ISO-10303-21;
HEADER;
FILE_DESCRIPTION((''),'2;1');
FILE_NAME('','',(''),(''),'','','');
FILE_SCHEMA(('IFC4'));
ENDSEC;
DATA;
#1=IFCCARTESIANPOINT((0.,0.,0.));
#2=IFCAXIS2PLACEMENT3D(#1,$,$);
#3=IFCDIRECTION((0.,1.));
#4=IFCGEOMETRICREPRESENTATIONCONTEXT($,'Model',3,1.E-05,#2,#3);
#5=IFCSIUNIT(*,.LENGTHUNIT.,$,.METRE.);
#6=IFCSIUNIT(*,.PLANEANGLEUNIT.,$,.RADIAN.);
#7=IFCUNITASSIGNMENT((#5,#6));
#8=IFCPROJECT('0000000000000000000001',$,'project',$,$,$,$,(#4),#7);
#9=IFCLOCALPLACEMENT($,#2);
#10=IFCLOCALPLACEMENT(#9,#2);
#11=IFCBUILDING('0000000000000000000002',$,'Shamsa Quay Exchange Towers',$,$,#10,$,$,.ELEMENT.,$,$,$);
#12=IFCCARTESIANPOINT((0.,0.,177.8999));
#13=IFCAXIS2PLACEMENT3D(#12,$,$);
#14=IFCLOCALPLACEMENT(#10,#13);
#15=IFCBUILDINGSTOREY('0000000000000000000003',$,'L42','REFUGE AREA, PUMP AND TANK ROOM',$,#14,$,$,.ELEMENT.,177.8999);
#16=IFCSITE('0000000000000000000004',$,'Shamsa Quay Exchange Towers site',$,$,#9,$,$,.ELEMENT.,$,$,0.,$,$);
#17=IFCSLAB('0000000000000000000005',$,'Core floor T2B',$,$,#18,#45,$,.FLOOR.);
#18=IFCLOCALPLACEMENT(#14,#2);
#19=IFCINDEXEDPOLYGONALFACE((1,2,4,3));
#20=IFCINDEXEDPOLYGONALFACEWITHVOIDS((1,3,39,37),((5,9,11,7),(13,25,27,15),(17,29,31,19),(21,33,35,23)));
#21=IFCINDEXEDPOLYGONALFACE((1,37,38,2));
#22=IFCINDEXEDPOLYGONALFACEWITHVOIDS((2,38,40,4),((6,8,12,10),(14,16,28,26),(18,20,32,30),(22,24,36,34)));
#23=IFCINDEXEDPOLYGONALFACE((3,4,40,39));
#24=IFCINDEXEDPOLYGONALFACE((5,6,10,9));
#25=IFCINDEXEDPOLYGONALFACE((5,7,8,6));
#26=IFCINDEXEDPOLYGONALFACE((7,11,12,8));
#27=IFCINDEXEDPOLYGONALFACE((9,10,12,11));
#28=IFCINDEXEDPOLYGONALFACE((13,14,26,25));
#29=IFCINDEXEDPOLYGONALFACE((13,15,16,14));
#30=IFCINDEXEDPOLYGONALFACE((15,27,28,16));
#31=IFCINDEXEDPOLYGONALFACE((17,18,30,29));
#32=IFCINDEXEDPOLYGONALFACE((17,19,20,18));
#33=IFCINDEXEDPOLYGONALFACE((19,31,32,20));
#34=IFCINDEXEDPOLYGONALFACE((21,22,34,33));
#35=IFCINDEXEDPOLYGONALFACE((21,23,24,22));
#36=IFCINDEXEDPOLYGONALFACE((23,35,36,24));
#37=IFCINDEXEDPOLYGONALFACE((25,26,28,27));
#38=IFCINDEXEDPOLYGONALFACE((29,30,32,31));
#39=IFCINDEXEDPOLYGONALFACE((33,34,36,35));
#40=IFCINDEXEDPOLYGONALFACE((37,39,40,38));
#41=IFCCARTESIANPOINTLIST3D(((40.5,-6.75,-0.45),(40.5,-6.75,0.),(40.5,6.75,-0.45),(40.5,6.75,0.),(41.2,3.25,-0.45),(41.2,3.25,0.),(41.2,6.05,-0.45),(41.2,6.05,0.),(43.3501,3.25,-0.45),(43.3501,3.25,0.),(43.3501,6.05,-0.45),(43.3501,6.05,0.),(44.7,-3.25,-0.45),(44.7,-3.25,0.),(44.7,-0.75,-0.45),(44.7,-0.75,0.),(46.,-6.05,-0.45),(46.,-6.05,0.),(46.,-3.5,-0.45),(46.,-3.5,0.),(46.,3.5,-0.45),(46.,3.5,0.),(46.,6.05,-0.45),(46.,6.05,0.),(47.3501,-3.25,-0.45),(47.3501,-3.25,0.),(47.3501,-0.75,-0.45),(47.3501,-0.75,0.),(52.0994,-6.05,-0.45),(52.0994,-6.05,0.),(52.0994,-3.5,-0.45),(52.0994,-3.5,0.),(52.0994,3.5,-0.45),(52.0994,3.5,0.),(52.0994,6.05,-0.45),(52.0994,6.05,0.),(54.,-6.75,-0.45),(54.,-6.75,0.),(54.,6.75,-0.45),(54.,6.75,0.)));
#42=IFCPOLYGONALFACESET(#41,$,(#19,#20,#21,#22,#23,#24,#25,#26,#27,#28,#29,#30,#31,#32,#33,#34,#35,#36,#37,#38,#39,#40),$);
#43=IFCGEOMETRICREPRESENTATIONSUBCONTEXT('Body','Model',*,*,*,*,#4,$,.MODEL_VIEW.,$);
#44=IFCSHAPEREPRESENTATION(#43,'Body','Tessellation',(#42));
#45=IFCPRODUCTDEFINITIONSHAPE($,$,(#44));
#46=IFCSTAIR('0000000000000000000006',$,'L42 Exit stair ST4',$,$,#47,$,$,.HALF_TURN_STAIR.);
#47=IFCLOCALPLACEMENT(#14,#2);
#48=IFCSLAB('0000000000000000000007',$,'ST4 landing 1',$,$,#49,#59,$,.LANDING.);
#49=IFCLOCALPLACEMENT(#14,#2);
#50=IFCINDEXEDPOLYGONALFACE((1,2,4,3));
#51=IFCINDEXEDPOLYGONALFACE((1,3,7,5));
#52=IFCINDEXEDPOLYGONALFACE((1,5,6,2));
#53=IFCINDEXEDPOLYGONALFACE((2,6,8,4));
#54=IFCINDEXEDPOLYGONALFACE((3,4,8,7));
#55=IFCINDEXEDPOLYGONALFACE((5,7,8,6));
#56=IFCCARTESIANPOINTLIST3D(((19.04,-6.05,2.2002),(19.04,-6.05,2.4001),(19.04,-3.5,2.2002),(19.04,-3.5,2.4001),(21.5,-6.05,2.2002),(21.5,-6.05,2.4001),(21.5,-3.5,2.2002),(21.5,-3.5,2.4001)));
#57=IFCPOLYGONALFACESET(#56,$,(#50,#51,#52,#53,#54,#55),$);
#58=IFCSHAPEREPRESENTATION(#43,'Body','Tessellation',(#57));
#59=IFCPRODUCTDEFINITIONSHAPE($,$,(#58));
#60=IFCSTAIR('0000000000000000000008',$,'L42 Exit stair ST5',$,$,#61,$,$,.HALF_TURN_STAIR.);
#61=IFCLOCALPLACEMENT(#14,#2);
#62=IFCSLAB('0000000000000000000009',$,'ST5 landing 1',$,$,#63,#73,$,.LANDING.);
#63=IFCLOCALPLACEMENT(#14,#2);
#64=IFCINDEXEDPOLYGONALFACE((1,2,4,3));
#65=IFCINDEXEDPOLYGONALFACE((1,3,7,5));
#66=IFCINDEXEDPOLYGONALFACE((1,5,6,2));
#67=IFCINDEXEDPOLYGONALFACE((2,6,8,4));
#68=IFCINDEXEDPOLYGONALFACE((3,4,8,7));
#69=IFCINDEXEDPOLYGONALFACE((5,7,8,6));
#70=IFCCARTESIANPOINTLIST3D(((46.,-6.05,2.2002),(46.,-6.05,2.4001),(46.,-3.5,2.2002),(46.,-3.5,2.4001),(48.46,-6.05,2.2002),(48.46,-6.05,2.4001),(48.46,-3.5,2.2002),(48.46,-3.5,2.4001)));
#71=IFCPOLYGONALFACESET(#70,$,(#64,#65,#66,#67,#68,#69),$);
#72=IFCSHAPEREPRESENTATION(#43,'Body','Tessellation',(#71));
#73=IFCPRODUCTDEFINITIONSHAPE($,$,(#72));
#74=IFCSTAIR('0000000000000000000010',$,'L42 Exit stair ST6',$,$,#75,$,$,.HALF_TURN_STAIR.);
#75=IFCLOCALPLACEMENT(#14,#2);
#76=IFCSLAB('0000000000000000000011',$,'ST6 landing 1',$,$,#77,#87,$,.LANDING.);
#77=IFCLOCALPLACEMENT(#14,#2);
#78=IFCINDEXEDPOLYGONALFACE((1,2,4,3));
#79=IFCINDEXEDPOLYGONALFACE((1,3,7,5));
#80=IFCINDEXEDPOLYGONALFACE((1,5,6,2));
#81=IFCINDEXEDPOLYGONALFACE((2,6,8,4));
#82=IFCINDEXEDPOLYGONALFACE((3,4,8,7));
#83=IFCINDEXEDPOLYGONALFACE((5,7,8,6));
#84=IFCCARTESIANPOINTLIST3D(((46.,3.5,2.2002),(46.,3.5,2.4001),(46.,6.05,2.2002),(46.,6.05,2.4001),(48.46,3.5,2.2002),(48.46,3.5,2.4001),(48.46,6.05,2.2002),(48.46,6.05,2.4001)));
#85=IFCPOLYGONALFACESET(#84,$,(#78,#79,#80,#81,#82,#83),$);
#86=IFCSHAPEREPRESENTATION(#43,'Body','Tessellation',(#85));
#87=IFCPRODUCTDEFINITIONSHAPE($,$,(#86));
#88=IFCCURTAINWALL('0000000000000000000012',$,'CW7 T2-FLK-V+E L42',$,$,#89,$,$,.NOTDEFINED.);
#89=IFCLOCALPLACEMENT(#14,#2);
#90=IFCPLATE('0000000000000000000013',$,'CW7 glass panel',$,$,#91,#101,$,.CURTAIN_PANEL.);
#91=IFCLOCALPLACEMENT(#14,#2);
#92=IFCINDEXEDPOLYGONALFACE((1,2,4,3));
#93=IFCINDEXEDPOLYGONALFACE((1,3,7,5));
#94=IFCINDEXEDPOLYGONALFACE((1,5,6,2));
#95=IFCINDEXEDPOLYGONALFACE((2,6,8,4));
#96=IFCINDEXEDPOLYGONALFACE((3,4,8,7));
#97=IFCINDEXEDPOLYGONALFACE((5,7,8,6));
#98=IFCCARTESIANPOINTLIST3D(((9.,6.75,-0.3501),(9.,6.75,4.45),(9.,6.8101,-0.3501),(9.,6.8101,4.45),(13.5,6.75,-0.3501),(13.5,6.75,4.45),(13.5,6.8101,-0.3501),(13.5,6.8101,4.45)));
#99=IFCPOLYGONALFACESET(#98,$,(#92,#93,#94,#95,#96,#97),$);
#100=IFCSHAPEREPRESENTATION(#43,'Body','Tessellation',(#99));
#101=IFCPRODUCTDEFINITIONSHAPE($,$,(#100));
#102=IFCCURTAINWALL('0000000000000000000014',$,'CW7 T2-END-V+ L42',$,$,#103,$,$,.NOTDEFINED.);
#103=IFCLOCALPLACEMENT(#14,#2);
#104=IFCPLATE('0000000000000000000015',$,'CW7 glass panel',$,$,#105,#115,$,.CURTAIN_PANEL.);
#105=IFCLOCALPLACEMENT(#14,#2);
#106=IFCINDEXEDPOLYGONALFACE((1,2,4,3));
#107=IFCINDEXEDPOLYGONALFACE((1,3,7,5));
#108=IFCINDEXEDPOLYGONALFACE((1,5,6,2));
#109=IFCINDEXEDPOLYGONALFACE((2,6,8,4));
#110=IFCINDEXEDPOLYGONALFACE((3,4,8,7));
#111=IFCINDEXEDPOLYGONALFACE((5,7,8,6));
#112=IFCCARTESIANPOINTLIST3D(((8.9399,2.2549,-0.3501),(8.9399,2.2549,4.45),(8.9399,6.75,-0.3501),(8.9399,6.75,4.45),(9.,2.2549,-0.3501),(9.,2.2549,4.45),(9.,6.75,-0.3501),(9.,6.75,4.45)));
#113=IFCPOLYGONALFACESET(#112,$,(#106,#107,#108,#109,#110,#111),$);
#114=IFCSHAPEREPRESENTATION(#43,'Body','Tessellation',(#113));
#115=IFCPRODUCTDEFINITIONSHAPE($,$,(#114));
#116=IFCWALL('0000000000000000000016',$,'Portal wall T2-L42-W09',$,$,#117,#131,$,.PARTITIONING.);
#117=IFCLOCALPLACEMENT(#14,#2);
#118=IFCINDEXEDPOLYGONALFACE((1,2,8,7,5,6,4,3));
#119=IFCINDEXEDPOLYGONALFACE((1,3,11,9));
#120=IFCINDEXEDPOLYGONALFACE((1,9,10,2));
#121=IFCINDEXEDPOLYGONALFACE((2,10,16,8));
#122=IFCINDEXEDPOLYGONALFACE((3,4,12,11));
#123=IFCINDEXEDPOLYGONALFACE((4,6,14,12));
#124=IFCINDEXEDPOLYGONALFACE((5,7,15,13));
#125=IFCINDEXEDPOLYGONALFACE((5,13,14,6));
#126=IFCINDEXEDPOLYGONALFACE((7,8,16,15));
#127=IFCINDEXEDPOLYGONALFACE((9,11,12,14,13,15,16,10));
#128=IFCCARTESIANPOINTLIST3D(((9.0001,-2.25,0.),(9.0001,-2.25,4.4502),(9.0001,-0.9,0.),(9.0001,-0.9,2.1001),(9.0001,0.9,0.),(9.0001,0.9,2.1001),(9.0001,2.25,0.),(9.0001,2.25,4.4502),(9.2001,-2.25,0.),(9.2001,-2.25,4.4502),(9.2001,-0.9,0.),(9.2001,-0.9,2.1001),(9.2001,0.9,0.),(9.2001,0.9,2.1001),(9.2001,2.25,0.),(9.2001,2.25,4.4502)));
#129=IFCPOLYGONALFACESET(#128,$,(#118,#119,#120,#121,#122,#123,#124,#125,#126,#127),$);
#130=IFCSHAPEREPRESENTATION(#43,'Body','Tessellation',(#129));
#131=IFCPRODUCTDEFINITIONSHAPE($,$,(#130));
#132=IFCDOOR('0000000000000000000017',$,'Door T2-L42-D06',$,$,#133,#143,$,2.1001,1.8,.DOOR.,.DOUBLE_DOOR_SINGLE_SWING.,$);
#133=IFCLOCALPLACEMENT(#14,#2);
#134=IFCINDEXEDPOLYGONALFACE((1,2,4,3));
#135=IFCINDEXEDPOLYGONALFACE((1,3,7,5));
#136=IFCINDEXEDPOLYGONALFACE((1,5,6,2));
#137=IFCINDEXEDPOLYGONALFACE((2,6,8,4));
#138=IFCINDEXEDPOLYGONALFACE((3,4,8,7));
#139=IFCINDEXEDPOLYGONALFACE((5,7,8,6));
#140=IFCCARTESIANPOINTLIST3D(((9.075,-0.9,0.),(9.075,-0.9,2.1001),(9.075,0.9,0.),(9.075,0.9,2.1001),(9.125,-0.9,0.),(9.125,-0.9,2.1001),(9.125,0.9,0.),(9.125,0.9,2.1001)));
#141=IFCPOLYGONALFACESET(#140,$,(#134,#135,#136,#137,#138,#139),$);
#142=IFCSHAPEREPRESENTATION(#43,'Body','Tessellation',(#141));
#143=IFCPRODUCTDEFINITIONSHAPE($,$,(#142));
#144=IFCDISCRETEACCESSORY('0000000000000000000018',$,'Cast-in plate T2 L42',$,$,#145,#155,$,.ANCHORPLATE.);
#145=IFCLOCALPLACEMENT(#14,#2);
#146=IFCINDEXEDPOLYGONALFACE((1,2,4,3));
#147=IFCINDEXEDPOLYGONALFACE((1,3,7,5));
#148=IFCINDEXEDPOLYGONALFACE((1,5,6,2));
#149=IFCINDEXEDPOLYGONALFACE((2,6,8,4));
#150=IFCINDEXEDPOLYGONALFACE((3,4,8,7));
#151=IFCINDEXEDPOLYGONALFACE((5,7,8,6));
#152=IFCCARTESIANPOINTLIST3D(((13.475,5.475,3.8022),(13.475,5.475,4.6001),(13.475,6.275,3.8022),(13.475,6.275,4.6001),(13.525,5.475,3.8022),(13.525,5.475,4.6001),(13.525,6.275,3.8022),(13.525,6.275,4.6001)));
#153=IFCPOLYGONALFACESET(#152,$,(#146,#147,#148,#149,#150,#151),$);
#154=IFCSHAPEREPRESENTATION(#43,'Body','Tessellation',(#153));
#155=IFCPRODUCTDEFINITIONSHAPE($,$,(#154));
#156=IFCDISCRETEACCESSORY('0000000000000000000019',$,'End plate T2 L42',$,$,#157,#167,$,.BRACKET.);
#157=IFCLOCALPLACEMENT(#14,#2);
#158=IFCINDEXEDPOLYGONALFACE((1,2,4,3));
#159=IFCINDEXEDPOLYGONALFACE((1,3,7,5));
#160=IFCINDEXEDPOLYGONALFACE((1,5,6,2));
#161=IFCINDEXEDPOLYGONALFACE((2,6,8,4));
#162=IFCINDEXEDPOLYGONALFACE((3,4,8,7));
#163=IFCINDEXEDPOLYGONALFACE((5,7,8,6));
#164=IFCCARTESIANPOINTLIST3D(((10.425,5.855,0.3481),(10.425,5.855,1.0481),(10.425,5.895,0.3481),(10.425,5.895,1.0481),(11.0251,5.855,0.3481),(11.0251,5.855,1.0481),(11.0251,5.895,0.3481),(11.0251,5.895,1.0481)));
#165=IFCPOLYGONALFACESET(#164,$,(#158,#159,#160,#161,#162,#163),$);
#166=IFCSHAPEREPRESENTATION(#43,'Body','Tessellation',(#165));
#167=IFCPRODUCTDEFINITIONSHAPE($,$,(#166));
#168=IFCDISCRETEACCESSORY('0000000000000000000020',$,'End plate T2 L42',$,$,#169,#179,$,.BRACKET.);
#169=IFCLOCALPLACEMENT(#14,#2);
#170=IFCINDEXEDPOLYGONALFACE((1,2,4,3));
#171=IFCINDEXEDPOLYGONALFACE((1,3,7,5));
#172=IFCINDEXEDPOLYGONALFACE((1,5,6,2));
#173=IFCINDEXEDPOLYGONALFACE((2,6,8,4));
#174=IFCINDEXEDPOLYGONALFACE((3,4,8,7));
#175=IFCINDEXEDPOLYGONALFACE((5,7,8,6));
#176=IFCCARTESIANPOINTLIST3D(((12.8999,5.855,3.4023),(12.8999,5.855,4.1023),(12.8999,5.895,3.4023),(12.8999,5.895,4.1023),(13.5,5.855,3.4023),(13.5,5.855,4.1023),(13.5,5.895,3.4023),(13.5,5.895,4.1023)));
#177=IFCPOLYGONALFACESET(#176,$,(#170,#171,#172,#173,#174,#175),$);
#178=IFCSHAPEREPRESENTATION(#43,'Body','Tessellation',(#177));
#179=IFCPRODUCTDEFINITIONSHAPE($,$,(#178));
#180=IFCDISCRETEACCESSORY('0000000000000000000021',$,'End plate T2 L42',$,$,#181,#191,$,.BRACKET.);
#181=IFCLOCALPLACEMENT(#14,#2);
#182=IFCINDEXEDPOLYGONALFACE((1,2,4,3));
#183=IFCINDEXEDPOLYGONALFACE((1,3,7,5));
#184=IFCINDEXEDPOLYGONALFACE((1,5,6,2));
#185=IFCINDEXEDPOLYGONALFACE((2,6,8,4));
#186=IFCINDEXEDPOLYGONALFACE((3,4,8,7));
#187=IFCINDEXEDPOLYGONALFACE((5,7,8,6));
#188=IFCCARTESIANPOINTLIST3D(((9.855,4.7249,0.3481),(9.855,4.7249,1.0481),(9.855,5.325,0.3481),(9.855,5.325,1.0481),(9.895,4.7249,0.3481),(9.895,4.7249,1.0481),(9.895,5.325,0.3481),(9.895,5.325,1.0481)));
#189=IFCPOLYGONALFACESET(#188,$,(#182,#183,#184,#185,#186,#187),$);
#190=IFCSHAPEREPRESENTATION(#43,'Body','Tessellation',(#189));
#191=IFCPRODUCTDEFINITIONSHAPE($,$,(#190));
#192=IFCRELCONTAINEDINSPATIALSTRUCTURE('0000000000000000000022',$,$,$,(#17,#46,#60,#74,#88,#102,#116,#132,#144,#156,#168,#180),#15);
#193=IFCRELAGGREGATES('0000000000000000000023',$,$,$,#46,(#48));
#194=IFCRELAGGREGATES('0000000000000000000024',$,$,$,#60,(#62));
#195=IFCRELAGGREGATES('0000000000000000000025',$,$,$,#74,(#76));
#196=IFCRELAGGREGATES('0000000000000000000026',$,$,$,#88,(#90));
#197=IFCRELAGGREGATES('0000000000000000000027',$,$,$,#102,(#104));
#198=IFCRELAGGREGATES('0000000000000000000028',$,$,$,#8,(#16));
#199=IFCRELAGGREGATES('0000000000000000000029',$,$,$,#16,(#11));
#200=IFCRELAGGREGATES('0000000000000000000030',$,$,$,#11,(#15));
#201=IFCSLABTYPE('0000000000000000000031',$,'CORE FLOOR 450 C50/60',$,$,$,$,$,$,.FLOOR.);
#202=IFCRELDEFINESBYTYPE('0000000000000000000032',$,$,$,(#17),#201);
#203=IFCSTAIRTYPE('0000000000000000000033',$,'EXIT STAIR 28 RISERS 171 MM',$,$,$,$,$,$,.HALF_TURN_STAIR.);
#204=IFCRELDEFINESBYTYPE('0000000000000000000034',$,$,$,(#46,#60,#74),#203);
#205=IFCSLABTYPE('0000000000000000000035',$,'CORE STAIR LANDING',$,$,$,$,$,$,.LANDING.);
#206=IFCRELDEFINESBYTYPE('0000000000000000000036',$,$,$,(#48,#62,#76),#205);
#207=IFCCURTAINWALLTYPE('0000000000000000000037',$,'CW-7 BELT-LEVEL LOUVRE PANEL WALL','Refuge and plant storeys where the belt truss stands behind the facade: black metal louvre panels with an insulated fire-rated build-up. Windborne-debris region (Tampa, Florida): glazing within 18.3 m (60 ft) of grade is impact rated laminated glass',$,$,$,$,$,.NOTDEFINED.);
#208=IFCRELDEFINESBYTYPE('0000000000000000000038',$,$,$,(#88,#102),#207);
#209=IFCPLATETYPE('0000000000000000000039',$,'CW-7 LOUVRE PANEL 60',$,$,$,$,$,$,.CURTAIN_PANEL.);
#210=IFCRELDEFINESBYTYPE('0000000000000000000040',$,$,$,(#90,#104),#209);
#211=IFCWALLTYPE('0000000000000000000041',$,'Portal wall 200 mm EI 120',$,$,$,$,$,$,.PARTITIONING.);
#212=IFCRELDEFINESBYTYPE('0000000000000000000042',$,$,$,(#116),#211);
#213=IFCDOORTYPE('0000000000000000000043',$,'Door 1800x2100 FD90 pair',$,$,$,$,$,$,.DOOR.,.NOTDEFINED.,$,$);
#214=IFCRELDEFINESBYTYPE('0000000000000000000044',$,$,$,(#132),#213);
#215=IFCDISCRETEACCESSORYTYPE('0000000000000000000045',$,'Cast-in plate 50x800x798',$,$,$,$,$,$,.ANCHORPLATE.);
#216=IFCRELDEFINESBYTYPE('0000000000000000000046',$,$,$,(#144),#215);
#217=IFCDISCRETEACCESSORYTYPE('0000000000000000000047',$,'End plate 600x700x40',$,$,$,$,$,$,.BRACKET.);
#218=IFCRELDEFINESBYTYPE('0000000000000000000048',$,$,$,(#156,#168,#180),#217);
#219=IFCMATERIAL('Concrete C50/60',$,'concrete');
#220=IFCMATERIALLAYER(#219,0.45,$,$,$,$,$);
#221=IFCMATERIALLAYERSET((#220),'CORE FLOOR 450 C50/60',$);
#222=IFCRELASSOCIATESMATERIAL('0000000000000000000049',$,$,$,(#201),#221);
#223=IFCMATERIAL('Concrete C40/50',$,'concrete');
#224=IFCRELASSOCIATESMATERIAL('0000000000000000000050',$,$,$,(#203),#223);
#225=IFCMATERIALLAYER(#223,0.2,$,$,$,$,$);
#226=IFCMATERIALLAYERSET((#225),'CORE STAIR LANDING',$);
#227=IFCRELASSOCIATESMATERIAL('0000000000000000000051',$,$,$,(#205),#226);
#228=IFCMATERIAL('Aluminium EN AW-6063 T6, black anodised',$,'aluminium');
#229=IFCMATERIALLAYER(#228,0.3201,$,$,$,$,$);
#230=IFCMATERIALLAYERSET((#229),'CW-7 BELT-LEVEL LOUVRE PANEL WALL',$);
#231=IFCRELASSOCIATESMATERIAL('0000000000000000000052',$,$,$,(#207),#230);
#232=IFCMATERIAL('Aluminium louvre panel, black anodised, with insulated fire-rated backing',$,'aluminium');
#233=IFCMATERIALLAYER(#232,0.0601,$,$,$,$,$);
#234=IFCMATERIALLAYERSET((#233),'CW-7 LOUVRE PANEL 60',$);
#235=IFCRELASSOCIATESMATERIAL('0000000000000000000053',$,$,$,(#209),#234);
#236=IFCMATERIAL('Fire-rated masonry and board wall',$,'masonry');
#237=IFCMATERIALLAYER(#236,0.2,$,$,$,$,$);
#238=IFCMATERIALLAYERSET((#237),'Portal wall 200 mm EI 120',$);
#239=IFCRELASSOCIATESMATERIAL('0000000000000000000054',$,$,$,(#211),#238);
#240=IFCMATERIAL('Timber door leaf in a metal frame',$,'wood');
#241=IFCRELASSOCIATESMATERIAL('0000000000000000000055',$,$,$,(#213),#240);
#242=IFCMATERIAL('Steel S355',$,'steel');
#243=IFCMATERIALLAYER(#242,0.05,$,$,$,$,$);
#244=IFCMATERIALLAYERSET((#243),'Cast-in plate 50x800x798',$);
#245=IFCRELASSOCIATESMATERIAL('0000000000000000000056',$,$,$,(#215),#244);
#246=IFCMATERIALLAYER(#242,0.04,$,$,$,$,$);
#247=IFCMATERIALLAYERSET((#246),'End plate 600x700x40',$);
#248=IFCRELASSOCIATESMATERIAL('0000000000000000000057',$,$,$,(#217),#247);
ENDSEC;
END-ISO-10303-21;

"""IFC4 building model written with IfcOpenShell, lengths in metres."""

from ifc_helpers import new_model, si_unit, direction, frame, frame_2d, origin, origin_2d, place, context, subcontext, project, spatial, polyline, rectangle, outline, extrude, material, layer, layer_set, type_object, element, fill, aggregate, save


model = new_model("IFC4")

# Units and contexts
model_context = context("Model", 3, precision=1e-05, world=origin(), true_north=direction((0.0, 1.0)))
body_context = subcontext(model_context, "Body", "Model", "MODEL_VIEW")
ifc_project = project(units=[si_unit("LENGTHUNIT", "METRE"), si_unit("PLANEANGLEUNIT", "RADIAN")], contexts=[model_context])

# Site, building, storey
site_placement = place(None, origin())
site = spatial("IfcSite", under=ifc_project, at=site_placement, Name="Shamsa Quay Exchange Towers site", CompositionType="ELEMENT", RefElevation=0.0)
building_placement = place(site_placement, origin())
building = spatial("IfcBuilding", under=site, at=building_placement, Name="Shamsa Quay Exchange Towers", CompositionType="ELEMENT")
storey_placement = place(building_placement, frame((0.0, 0.0, 177.8999)))
storey = spatial("IfcBuildingStorey", under=building, at=storey_placement, Name="L42", Description="REFUGE AREA, PUMP AND TANK ROOM", CompositionType="ELEMENT", Elevation=177.8999)

# Shared definitions
ifc_material_1 = material(Name="Steel S355", Category="steel")

# Slab
ifc_material_2 = material(Name="Concrete C50/60", Category="concrete")
ifc_layer_1 = layer(ifc_material_2, 0.45)
ifc_layer_set_1 = layer_set([ifc_layer_1], Name="CORE FLOOR 450 C50/60")
slab_type_1 = type_object("IfcSlabType", Name="CORE FLOOR 450 C50/60", PredefinedType="FLOOR", material=ifc_layer_set_1)
slab_1_placement = place(storey_placement, frame((0.0, 0.0, -0.45)))
element("IfcSlab", 1, at=slab_1_placement, inside=storey, type_object=slab_type_1, Name="Core floor T2B", PredefinedType="FLOOR", context=body_context, shape_type="SweptSolid", body=[
    extrude(outline(polyline([(54.0, -6.75), (54.0, 6.75), (40.5, 6.75), (40.5, -6.75), (54.0, -6.75)]), holes=[polyline([(52.0994, -3.5), (52.0994, -6.05), (46.0, -6.05), (46.0, -3.5), (52.0994, -3.5)]), polyline([(52.0994, 6.05), (52.0994, 3.5), (46.0, 3.5), (46.0, 6.05), (52.0994, 6.05)]), polyline([(43.3501, 3.25), (41.2, 3.25), (41.2, 6.05), (43.3501, 6.05), (43.3501, 3.25)]), polyline([(47.3501, -3.25), (44.7, -3.25), (44.7, -0.75), (47.3501, -0.75), (47.3501, -3.25)])]), origin(), (0.0, 0.0, 1.0), 0.45),
])

# Stairs, slabs
ifc_material_3 = material(Name="Concrete C40/50", Category="concrete")
stair_type = type_object("IfcStairType", Name="EXIT STAIR 28 RISERS 171 MM", PredefinedType="HALF_TURN_STAIR", material=ifc_material_3)
stair_1_placement = place(storey_placement, origin())
stair_1 = element("IfcStair", 2, at=stair_1_placement, inside=storey, type_object=stair_type, Name="L42 Exit stair ST4", PredefinedType="HALF_TURN_STAIR")
ifc_layer_2 = layer(ifc_material_3, 0.2)
ifc_layer_set_2 = layer_set([ifc_layer_2], Name="CORE STAIR LANDING")
slab_type_2 = type_object("IfcSlabType", Name="CORE STAIR LANDING", PredefinedType="LANDING", material=ifc_layer_set_2)
slab_2_placement = place(storey_placement, frame((0.0, 0.0, 2.2002)))
slab_2 = element("IfcSlab", 3, at=slab_2_placement, type_object=slab_type_2, Name="ST4 landing 1", PredefinedType="LANDING", context=body_context, shape_type="SweptSolid", body=[
    extrude(outline(polyline([(19.04, -6.05), (21.5, -6.05), (21.5, -3.5), (19.04, -3.5), (19.04, -6.05)])), origin(), (0.0, 0.0, 1.0), 0.2),
])
aggregate(stair_1, [slab_2])
stair_2_placement = place(storey_placement, origin())
stair_2 = element("IfcStair", 4, at=stair_2_placement, inside=storey, type_object=stair_type, Name="L42 Exit stair ST5", PredefinedType="HALF_TURN_STAIR")
slab_3_placement = place(storey_placement, frame((0.0, 0.0, 2.2002)))
slab_3 = element("IfcSlab", 5, at=slab_3_placement, type_object=slab_type_2, Name="ST5 landing 1", PredefinedType="LANDING", context=body_context, shape_type="SweptSolid", body=[
    extrude(outline(polyline([(48.46, -3.5), (46.0, -3.5), (46.0, -6.05), (48.46, -6.05), (48.46, -3.5)])), origin(), (0.0, 0.0, 1.0), 0.2),
])
aggregate(stair_2, [slab_3])
stair_3_placement = place(storey_placement, origin())
stair_3 = element("IfcStair", 6, at=stair_3_placement, inside=storey, type_object=stair_type, Name="L42 Exit stair ST6", PredefinedType="HALF_TURN_STAIR")
slab_4_placement = place(storey_placement, frame((0.0, 0.0, 2.2002)))
slab_4 = element("IfcSlab", 7, at=slab_4_placement, type_object=slab_type_2, Name="ST6 landing 1", PredefinedType="LANDING", context=body_context, shape_type="SweptSolid", body=[
    extrude(outline(polyline([(48.46, 6.05), (46.0, 6.05), (46.0, 3.5), (48.46, 3.5), (48.46, 6.05)])), origin(), (0.0, 0.0, 1.0), 0.2),
])
aggregate(stair_3, [slab_4])

# Curtain walls, plates
ifc_material_4 = material(Name="Aluminium EN AW-6063 T6, black anodised", Category="aluminium")
ifc_layer_3 = layer(ifc_material_4, 0.3201)
ifc_layer_set_3 = layer_set([ifc_layer_3], Name="CW-7 BELT-LEVEL LOUVRE PANEL WALL")
curtain_wall_type = type_object("IfcCurtainWallType", Name="CW-7 BELT-LEVEL LOUVRE PANEL WALL", Description="Refuge and plant storeys where the belt truss stands behind the facade: black metal louvre panels with an insulated fire-rated build-up. Windborne-debris region (Tampa, Florida): glazing within 18.3 m (60 ft) of grade is impact rated laminated glass", PredefinedType="NOTDEFINED", material=ifc_layer_set_3)
curtain_wall_1_placement = place(storey_placement, origin())
curtain_wall_1 = element("IfcCurtainWall", 8, at=curtain_wall_1_placement, inside=storey, type_object=curtain_wall_type, Name="CW7 T2-FLK-V+E L42", PredefinedType="NOTDEFINED")
ifc_material_5 = material(Name="Aluminium louvre panel, black anodised, with insulated fire-rated backing", Category="aluminium")
ifc_layer_4 = layer(ifc_material_5, 0.0601)
ifc_layer_set_4 = layer_set([ifc_layer_4], Name="CW-7 LOUVRE PANEL 60")
plate_type = type_object("IfcPlateType", Name="CW-7 LOUVRE PANEL 60", PredefinedType="CURTAIN_PANEL", material=ifc_layer_set_4)
plate_1_placement = place(storey_placement, frame((11.25, 6.78, -0.3501), z_axis=(0.0, 0.0, 1.0), x_axis=(-1.0, 0.0, 0.0)))
plate_1 = element("IfcPlate", 9, at=plate_1_placement, type_object=plate_type, Name="CW7 glass panel", PredefinedType="CURTAIN_PANEL", context=body_context, shape_type="SweptSolid", body=[
    extrude(rectangle(XDim=4.5, YDim=0.0601, at=origin_2d()), origin(), (0.0, 0.0, 1.0), 4.8),
])
aggregate(curtain_wall_1, [plate_1])
curtain_wall_2_placement = place(storey_placement, origin())
curtain_wall_2 = element("IfcCurtainWall", 10, at=curtain_wall_2_placement, inside=storey, type_object=curtain_wall_type, Name="CW7 T2-END-V+ L42", PredefinedType="NOTDEFINED")
plate_2_placement = place(storey_placement, frame((8.97, 4.5024, -0.3501), z_axis=(0.0, 0.0, 1.0), x_axis=(0.0, -1.0, 0.0)))
plate_2 = element("IfcPlate", 11, at=plate_2_placement, type_object=plate_type, Name="CW7 glass panel", PredefinedType="CURTAIN_PANEL", context=body_context, shape_type="SweptSolid", body=[
    extrude(rectangle(XDim=4.4951, YDim=0.0601, at=origin_2d()), origin(), (0.0, 0.0, 1.0), 4.8),
])
aggregate(curtain_wall_2, [plate_2])

# Wall, opening, door
ifc_material_6 = material(Name="Fire-rated masonry and board wall", Category="masonry")
ifc_layer_5 = layer(ifc_material_6, 0.2)
ifc_layer_set_5 = layer_set([ifc_layer_5], Name="Portal wall 200 mm EI 120")
wall_type = type_object("IfcWallType", Name="Portal wall 200 mm EI 120", PredefinedType="PARTITIONING", material=ifc_layer_set_5)
wall_placement = place(storey_placement, frame((9.1001, 2.25, 0.0), z_axis=(0.0, 0.0, 1.0), x_axis=(0.0, -1.0, 0.0)))
wall = element("IfcWall", 12, at=wall_placement, inside=storey, type_object=wall_type, Name="Portal wall T2-L42-W09", PredefinedType="PARTITIONING", context=body_context, shape_type="SweptSolid", body=[
    extrude(rectangle(XDim=4.5, YDim=0.2, at=frame_2d((2.25, 0.0))), origin(), (0.0, 0.0, 1.0), 4.4502),
])
opening_placement = place(wall_placement, frame((1.3501, 0.0, 0.0)))
opening = element("IfcOpeningElement", 13, at=opening_placement, cuts=wall, PredefinedType="OPENING", context=body_context, shape_type="SweptSolid", body=[
    extrude(rectangle(XDim=1.8, YDim=2.1001, at=frame_2d((0.8999, 1.05))), frame((0.0, 0.1099, 0.0), z_axis=(0.0, -1.0, 0.0), x_axis=(1.0, 0.0, 0.0)), (0.0, 0.0, 1.0), 0.22),
])
ifc_material_7 = material(Name="Timber door leaf in a metal frame", Category="wood")
door_type = type_object("IfcDoorType", Name="Door 1800x2100 FD90 pair", OperationType="NOTDEFINED", PredefinedType="DOOR", material=ifc_material_7)
door_placement = place(opening_placement, origin())
door = element("IfcDoor", 14, at=door_placement, inside=storey, type_object=door_type, Name="Door T2-L42-D06", OperationType="DOUBLE_DOOR_SINGLE_SWING", OverallHeight=2.1001, OverallWidth=1.8, PredefinedType="DOOR", context=body_context, shape_type="SweptSolid", body=[
    extrude(rectangle(XDim=1.8, YDim=2.1001, at=frame_2d((0.8999, 1.05))), frame((0.0, 0.0249, 0.0), z_axis=(0.0, -1.0, 0.0), x_axis=(1.0, 0.0, 0.0)), (0.0, 0.0, 1.0), 0.05),
])
fill(opening, door)

# Discrete accessories
ifc_layer_6 = layer(ifc_material_1, 0.05)
ifc_layer_set_6 = layer_set([ifc_layer_6], Name="Cast-in plate 50x800x798")
discrete_accessory_type_1 = type_object("IfcDiscreteAccessoryType", Name="Cast-in plate 50x800x798", PredefinedType="ANCHORPLATE", material=ifc_layer_set_6)
discrete_accessory_placement = place(storey_placement, frame((13.5, 5.875, 3.8022)))
element("IfcDiscreteAccessory", 15, at=discrete_accessory_placement, inside=storey, type_object=discrete_accessory_type_1, Name="Cast-in plate T2 L42", PredefinedType="ANCHORPLATE", context=body_context, shape_type="SweptSolid", body=[
    extrude(rectangle(XDim=0.05, YDim=0.8, at=origin_2d()), origin(), (0.0, 0.0, 1.0), 0.7979),
])
ifc_layer_7 = layer(ifc_material_1, 0.04)
ifc_layer_set_7 = layer_set([ifc_layer_7], Name="End plate 600x700x40")
discrete_accessory_type_2 = type_object("IfcDiscreteAccessoryType", Name="End plate 600x700x40", PredefinedType="BRACKET", material=ifc_layer_set_7)
for number, where, name in (
    (16, (10.7251, 5.875, 0.3481), "End plate T2 L42"),
    (17, (13.2, 5.875, 3.4023), "End plate T2 L42"),
):
    element("IfcDiscreteAccessory", number, at=place(storey_placement, frame(where)), inside=storey, type_object=discrete_accessory_type_2, Name=name, PredefinedType="BRACKET", context=body_context, shape_type="SweptSolid", body=[
        extrude(rectangle(XDim=0.6001, YDim=0.04, at=origin_2d()), origin(), (0.0, 0.0, 1.0), 0.7),
    ])
for number, where, z_axis, x_axis, name in (
    (18, (9.875, 5.0249, 0.3481), (0.0, 0.0, 1.0), (0.0, -1.0, 0.0), "End plate T2 L42"),
):
    element("IfcDiscreteAccessory", number, at=place(storey_placement, frame(where, z_axis=z_axis, x_axis=x_axis)), inside=storey, type_object=discrete_accessory_type_2, Name=name, PredefinedType="BRACKET", context=body_context, shape_type="SweptSolid", body=[
        extrude(rectangle(XDim=0.6001, YDim=0.04, at=origin_2d()), origin(), (0.0, 0.0, 1.0), 0.7),
    ])

save(model, "model.ifc")
